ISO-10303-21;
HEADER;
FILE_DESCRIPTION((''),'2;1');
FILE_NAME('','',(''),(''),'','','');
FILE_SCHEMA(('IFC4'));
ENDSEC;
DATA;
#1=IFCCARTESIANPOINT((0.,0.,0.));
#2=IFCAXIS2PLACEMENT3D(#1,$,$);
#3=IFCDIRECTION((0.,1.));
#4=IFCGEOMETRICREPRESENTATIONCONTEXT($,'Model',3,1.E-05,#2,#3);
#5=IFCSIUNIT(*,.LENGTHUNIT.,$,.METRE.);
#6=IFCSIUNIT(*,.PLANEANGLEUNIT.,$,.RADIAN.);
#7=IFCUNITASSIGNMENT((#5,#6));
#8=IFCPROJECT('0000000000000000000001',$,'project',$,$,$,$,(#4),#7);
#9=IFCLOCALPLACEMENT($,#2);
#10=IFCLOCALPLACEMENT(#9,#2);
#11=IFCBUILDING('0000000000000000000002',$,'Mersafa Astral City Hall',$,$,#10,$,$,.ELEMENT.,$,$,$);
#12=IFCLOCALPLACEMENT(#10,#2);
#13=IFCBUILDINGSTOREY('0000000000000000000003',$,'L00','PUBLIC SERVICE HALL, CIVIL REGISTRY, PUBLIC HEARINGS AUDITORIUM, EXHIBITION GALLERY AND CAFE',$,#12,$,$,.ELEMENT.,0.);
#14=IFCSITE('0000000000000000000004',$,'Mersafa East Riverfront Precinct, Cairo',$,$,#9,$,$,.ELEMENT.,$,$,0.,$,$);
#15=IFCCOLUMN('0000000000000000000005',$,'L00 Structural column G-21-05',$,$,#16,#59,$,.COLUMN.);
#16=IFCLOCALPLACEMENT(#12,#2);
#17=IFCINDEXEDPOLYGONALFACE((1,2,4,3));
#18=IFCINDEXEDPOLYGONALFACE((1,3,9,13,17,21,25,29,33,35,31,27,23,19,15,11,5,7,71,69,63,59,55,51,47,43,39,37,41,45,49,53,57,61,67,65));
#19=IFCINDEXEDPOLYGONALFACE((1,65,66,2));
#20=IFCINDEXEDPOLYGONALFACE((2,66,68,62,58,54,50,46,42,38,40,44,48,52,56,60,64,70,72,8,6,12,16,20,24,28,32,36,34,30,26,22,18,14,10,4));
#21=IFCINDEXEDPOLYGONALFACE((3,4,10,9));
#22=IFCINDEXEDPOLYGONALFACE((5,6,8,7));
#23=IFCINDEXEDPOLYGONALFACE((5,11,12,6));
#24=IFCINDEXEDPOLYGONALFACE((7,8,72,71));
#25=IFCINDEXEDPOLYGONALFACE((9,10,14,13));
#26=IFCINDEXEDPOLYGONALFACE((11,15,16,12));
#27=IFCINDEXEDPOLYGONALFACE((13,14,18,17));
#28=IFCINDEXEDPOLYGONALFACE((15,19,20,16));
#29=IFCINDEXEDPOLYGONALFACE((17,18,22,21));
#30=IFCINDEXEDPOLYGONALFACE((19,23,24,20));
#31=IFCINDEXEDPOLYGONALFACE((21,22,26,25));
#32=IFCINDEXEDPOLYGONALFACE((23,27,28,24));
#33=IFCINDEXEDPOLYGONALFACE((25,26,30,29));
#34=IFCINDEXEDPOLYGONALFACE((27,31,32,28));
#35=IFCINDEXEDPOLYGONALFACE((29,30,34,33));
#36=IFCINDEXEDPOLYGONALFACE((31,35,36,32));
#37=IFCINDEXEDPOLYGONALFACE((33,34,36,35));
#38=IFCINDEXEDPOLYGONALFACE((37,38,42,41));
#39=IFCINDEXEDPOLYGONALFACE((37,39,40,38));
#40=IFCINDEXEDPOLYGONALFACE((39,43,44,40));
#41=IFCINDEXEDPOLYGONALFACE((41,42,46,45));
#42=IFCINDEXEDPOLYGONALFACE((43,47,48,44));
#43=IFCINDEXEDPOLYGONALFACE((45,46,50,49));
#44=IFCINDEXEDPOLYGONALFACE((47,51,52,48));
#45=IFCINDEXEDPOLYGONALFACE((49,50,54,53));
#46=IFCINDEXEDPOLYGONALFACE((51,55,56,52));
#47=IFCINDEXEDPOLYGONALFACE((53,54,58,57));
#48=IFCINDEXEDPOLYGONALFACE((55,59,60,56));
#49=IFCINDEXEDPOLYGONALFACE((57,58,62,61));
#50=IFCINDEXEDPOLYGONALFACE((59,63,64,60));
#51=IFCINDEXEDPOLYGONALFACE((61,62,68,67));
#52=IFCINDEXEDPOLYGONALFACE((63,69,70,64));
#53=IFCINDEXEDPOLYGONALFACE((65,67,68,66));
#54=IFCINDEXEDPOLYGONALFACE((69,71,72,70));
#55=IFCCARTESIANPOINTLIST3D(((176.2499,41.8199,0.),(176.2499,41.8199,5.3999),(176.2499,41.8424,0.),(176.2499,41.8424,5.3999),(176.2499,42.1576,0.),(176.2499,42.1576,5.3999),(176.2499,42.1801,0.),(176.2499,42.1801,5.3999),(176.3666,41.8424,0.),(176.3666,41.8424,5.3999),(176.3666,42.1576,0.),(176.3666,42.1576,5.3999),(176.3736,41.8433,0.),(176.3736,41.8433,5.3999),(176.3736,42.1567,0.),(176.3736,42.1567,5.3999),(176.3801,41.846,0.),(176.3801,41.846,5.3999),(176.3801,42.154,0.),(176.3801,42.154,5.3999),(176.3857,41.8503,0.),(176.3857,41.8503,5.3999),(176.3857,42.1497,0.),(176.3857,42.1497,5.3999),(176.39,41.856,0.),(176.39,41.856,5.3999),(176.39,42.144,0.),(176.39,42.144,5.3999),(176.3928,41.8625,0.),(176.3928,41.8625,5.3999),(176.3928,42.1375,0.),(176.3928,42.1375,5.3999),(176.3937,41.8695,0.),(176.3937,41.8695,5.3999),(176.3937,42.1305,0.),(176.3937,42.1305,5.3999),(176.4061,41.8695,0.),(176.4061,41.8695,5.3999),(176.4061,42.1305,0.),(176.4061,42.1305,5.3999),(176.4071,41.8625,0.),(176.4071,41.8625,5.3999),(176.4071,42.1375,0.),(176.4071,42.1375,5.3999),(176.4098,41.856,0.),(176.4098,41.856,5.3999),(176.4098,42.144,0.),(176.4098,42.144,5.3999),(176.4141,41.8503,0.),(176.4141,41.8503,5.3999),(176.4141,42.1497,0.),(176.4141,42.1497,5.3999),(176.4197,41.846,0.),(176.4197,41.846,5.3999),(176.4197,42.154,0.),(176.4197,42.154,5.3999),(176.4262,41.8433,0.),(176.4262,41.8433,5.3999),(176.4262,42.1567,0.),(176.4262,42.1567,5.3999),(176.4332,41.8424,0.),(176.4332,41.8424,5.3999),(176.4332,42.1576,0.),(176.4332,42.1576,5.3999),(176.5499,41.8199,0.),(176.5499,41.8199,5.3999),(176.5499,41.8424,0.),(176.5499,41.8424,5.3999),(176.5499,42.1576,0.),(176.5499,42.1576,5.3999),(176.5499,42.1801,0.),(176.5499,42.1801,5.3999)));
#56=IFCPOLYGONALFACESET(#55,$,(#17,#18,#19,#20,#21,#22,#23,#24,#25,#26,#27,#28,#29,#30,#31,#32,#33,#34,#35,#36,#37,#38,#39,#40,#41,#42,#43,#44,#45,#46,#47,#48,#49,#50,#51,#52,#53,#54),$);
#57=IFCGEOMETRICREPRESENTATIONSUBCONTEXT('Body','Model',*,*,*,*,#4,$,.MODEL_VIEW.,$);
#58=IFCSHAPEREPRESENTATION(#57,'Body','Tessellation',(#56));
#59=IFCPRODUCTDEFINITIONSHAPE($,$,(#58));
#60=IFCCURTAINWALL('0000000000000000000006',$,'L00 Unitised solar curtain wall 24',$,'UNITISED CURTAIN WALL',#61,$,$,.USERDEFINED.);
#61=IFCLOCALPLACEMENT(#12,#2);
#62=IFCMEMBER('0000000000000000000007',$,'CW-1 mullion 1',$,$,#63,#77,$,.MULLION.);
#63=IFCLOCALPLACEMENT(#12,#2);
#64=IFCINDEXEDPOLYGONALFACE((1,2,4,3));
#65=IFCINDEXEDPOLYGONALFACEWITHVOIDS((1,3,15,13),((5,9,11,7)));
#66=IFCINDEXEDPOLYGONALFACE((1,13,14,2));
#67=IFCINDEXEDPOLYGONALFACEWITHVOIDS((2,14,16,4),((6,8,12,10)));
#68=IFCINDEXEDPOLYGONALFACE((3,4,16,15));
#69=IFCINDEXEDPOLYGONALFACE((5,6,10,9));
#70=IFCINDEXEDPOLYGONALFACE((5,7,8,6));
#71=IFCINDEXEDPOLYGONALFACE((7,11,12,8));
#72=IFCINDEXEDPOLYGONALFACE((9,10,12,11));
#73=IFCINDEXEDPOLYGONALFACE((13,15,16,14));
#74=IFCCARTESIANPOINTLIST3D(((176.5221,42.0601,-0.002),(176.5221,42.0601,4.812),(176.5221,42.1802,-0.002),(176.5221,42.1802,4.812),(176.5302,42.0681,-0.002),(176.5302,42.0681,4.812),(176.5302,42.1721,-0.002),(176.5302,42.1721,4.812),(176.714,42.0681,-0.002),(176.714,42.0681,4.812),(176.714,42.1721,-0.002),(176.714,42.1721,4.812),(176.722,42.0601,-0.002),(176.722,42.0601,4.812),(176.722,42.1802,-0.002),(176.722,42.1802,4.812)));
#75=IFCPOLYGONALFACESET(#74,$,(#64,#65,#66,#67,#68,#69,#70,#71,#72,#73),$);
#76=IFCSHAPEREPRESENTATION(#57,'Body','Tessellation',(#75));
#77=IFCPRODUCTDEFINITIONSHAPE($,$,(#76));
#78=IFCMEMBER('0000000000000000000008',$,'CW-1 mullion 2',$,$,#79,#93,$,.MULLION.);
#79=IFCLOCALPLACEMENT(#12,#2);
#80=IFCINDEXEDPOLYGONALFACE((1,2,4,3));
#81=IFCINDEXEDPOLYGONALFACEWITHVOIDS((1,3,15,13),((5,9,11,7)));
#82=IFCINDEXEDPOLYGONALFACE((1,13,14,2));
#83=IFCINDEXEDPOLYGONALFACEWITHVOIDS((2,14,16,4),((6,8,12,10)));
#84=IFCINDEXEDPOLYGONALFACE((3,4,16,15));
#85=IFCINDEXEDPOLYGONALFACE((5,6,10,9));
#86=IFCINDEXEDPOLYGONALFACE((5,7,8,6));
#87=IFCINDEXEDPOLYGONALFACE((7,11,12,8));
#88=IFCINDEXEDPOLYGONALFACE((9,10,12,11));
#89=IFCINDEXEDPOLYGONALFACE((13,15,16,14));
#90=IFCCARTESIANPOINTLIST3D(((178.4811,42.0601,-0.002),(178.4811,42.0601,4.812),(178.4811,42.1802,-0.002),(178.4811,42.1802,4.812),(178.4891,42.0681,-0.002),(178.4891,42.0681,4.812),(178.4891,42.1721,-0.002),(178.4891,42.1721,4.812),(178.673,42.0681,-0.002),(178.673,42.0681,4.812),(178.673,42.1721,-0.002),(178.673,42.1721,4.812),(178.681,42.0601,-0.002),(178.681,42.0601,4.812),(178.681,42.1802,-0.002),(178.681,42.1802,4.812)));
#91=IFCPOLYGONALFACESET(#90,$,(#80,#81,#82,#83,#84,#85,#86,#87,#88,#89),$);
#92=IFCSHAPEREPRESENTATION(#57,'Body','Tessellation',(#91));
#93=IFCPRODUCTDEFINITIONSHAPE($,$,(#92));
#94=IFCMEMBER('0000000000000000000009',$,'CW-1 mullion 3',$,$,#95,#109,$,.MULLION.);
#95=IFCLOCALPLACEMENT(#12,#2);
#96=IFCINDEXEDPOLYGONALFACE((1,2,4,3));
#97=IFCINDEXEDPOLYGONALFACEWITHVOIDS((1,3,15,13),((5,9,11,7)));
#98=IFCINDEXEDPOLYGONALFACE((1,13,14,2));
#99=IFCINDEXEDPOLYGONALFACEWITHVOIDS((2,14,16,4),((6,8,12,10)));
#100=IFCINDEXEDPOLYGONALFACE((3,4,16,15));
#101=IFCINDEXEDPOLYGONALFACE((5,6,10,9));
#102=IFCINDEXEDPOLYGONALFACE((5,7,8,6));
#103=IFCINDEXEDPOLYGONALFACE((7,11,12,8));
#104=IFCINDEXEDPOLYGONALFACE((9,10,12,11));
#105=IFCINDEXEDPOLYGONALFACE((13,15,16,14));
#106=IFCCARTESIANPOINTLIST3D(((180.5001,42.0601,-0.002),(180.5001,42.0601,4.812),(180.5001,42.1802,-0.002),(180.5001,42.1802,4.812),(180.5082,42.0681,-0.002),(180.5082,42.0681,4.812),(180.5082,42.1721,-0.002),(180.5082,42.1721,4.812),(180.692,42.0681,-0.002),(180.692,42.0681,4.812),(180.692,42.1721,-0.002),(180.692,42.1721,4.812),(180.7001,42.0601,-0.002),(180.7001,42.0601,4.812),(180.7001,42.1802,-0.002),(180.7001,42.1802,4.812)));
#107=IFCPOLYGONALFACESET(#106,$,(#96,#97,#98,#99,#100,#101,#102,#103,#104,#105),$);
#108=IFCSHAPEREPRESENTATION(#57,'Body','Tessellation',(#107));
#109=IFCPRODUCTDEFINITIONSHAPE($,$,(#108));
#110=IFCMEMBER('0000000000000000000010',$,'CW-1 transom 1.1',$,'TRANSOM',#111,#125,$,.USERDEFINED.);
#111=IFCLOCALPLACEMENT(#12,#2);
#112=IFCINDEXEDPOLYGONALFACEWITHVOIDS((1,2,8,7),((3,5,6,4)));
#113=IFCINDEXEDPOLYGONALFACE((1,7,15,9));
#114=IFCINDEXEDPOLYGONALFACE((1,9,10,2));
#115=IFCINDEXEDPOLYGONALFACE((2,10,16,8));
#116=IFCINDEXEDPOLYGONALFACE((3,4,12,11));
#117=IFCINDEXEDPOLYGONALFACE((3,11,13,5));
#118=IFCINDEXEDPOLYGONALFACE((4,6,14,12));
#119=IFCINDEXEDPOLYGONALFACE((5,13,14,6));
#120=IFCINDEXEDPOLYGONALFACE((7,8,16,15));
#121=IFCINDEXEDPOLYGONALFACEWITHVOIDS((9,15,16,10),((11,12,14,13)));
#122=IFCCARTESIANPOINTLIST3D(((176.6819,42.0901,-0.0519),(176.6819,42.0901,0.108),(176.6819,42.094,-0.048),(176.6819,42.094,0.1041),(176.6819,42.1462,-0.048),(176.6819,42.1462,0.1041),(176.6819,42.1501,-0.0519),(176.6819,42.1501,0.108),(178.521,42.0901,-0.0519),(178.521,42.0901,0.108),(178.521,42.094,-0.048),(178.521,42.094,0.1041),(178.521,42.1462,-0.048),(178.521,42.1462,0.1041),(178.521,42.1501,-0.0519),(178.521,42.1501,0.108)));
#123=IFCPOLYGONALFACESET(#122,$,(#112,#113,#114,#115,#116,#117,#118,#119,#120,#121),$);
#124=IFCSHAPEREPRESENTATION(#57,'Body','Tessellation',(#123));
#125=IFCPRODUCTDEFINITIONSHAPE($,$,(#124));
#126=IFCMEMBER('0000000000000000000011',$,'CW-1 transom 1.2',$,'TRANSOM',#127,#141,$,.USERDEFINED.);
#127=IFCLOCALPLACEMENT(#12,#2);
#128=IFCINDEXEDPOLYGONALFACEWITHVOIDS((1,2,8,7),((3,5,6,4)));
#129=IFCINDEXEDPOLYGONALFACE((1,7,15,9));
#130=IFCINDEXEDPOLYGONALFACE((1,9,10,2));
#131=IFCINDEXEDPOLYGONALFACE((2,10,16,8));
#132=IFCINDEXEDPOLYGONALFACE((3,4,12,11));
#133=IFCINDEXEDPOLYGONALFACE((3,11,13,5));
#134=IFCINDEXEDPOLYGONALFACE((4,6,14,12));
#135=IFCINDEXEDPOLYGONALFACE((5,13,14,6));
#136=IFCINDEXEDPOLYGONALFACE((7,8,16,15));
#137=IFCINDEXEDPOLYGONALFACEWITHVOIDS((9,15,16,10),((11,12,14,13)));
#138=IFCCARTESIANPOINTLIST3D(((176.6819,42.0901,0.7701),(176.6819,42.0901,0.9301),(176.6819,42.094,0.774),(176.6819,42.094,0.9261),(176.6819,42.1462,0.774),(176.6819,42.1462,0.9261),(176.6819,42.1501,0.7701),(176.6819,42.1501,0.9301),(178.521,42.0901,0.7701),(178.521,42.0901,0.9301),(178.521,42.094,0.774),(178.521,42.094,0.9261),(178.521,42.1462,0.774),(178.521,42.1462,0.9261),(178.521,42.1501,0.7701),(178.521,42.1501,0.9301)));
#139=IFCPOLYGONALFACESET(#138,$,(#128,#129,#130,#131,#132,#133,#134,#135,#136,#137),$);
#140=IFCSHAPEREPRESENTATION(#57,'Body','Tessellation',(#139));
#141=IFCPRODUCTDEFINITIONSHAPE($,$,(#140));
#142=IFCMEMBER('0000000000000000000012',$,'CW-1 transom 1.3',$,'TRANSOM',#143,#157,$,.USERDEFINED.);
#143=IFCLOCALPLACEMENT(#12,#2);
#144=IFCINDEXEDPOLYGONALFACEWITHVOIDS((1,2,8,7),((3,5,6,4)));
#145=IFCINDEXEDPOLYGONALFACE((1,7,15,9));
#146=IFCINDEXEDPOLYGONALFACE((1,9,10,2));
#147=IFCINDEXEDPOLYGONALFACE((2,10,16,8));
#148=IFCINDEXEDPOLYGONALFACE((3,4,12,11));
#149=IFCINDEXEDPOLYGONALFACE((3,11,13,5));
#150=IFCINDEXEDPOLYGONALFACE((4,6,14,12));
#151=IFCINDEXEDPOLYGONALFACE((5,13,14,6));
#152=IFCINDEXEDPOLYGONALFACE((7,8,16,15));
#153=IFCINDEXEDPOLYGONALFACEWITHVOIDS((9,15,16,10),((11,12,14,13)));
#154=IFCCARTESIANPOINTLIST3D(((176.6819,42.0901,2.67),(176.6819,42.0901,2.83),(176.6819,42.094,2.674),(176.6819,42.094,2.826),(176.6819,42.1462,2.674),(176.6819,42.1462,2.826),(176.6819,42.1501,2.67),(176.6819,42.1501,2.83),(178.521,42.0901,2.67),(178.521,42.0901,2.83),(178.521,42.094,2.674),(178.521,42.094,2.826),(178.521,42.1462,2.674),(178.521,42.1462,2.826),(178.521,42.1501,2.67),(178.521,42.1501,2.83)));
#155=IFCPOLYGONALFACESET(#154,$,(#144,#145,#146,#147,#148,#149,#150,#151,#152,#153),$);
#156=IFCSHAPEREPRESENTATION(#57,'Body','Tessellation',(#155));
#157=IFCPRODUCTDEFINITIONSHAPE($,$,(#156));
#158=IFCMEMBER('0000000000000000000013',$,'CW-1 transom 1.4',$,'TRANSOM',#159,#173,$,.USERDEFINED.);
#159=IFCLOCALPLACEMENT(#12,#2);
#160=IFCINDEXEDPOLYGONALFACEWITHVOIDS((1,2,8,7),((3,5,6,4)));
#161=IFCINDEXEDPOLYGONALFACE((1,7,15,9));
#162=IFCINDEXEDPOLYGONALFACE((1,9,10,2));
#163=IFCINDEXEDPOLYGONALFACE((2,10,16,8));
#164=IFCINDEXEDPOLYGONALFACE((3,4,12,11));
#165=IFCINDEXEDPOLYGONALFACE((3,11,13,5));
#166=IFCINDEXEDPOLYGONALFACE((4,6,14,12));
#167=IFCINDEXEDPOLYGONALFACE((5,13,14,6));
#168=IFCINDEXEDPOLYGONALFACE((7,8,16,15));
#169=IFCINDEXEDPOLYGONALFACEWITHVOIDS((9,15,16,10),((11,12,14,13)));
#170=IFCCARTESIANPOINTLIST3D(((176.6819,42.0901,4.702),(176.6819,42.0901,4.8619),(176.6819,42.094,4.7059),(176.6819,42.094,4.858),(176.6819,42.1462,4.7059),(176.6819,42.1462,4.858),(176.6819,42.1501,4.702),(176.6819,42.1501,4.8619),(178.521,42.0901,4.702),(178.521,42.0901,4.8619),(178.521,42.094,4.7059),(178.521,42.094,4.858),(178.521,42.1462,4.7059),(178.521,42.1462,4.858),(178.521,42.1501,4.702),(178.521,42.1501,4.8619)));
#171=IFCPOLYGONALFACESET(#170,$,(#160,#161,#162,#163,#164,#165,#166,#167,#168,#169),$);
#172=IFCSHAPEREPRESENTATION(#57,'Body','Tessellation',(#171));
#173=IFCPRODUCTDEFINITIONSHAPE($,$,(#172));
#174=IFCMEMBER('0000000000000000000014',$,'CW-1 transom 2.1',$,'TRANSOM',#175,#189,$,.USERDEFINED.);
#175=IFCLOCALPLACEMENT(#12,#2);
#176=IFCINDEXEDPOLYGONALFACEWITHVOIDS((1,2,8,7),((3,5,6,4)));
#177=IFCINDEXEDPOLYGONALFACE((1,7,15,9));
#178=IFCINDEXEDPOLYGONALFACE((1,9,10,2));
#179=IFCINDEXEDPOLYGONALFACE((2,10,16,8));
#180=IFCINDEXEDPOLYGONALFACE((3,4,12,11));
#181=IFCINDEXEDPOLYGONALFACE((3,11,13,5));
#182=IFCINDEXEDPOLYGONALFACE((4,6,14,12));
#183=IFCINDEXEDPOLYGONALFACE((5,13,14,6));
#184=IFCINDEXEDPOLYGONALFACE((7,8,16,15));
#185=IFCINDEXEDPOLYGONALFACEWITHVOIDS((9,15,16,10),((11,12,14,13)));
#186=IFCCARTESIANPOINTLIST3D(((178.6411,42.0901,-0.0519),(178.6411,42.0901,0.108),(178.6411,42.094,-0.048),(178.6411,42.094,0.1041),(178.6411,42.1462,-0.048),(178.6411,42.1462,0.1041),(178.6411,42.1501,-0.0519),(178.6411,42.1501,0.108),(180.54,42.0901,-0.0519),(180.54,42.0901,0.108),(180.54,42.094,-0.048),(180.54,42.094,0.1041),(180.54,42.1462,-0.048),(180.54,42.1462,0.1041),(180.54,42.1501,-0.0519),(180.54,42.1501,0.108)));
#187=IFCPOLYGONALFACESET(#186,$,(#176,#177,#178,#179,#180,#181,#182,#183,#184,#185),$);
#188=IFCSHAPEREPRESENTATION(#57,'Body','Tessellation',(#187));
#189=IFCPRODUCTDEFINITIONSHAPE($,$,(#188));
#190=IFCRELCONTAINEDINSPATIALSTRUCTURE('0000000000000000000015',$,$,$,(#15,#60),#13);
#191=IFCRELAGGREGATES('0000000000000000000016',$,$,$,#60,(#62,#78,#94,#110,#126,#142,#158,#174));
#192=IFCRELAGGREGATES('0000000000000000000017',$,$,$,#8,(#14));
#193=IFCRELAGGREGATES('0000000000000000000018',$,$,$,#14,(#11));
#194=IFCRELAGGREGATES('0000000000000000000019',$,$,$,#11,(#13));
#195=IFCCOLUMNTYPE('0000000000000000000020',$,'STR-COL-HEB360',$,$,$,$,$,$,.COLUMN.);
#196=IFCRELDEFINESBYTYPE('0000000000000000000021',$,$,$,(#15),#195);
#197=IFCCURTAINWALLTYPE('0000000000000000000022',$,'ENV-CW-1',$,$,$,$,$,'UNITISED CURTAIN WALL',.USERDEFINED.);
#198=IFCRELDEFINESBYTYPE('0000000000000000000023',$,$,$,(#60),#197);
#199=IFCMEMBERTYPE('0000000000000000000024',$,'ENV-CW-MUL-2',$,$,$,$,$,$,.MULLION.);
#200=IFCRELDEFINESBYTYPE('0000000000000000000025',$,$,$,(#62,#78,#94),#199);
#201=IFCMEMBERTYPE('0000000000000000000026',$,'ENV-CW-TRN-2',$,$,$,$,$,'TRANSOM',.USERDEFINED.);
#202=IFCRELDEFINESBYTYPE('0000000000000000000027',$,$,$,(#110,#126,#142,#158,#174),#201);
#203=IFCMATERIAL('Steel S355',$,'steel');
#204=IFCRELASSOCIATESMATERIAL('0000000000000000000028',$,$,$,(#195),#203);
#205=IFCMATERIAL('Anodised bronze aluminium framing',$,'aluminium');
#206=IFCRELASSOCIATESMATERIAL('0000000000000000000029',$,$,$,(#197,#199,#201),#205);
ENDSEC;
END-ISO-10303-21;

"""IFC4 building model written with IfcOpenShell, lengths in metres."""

from ifc_helpers import new_model, si_unit, direction, frame, origin, origin_2d, place, context, subcontext, project, spatial, hollow_rectangle, i_section, extrude, material, material_profile, profile_set, type_object, element, aggregate, save


model = new_model("IFC4")

# Units and contexts
model_context = context("Model", 3, precision=1e-05, world=origin(), true_north=direction((0.0, 1.0)))
body_context = subcontext(model_context, "Body", "Model", "MODEL_VIEW")
ifc_project = project(units=[si_unit("LENGTHUNIT", "METRE"), si_unit("PLANEANGLEUNIT", "RADIAN")], contexts=[model_context])

# Site, building, storey
site_placement = place(None, origin())
site = spatial("IfcSite", under=ifc_project, at=site_placement, Name="Mersafa East Riverfront Precinct, Cairo", CompositionType="ELEMENT", RefElevation=0.0)
building_placement = place(site_placement, origin())
building = spatial("IfcBuilding", under=site, at=building_placement, Name="Mersafa Astral City Hall", CompositionType="ELEMENT")
storey_placement = place(building_placement, origin())
storey = spatial("IfcBuildingStorey", under=building, at=storey_placement, Name="L00", Description="PUBLIC SERVICE HALL, CIVIL REGISTRY, PUBLIC HEARINGS AUDITORIUM, EXHIBITION GALLERY AND CAFE", CompositionType="ELEMENT", Elevation=0.0)

# Column
ifc_material_1 = material(Name="Steel S355", Category="steel")
ifc_material_profile_1 = material_profile(ifc_material_1, i_section(OverallWidth=0.3, OverallDepth=0.3601, WebThickness=0.0125, FlangeThickness=0.0225, FilletRadius=0.0271, at=origin_2d()), Name="HEB 360")
ifc_profile_set_1 = profile_set([ifc_material_profile_1], Name="Steel S355")
column_type = type_object("IfcColumnType", Name="STR-COL-HEB360", PredefinedType="COLUMN", material=ifc_profile_set_1)
column_placement = place(storey_placement, frame((176.3999, 42.0, 0.0), z_axis=(0.0, 0.0, 1.0), x_axis=(1.0, 0.0, 0.0)))
element("IfcColumn", 1, at=column_placement, inside=storey, type_object=column_type, Name="L00 Structural column G-21-05", PredefinedType="COLUMN", context=body_context, shape_type="SweptSolid", body=[
    extrude(i_section(OverallWidth=0.3, OverallDepth=0.3601, WebThickness=0.0125, FlangeThickness=0.0225, FilletRadius=0.0271, at=origin_2d()), origin(), (0.0, 0.0, 1.0), 5.3999),
])

# Curtain wall, members
ifc_material_2 = material(Name="Anodised bronze aluminium framing", Category="aluminium")
curtain_wall_type = type_object("IfcCurtainWallType", Name="ENV-CW-1", ElementType="UNITISED CURTAIN WALL", PredefinedType="USERDEFINED", material=ifc_material_2)
curtain_wall_placement = place(storey_placement, origin())
curtain_wall = element("IfcCurtainWall", 2, at=curtain_wall_placement, inside=storey, type_object=curtain_wall_type, Name="L00 Unitised solar curtain wall 24", ObjectType="UNITISED CURTAIN WALL", PredefinedType="USERDEFINED")
ifc_material_profile_2 = material_profile(ifc_material_2, hollow_rectangle(XDim=0.1201, YDim=0.2, WallThickness=0.0081, at=origin_2d()), Name="RHS 120x200x8")
ifc_profile_set_2 = profile_set([ifc_material_profile_2], Name="Anodised bronze aluminium framing")
member_type_1 = type_object("IfcMemberType", Name="ENV-CW-MUL-2", PredefinedType="MULLION", material=ifc_profile_set_2)
member_1_placement = place(storey_placement, frame((176.6221, 42.1201, -0.002), z_axis=(0.0, 0.0, 1.0), x_axis=(0.0, 1.0, 0.0)))
member_1 = element("IfcMember", 3, at=member_1_placement, type_object=member_type_1, Name="CW-1 mullion 1", PredefinedType="MULLION", context=body_context, shape_type="SweptSolid", body=[
    extrude(hollow_rectangle(XDim=0.1201, YDim=0.2, WallThickness=0.0081, at=origin_2d()), origin(), (0.0, 0.0, 1.0), 4.814),
])
member_2_placement = place(storey_placement, frame((178.5811, 42.1201, -0.002), z_axis=(0.0, 0.0, 1.0), x_axis=(0.0, 1.0, 0.0)))
member_2 = element("IfcMember", 4, at=member_2_placement, type_object=member_type_1, Name="CW-1 mullion 2", PredefinedType="MULLION", context=body_context, shape_type="SweptSolid", body=[
    extrude(hollow_rectangle(XDim=0.1201, YDim=0.2, WallThickness=0.0081, at=origin_2d()), origin(), (0.0, 0.0, 1.0), 4.814),
])
member_3_placement = place(storey_placement, frame((180.6001, 42.1201, -0.002), z_axis=(0.0, 0.0, 1.0), x_axis=(0.0, 1.0, 0.0)))
member_3 = element("IfcMember", 5, at=member_3_placement, type_object=member_type_1, Name="CW-1 mullion 3", PredefinedType="MULLION", context=body_context, shape_type="SweptSolid", body=[
    extrude(hollow_rectangle(XDim=0.1201, YDim=0.2, WallThickness=0.0081, at=origin_2d()), origin(), (0.0, 0.0, 1.0), 4.814),
])
ifc_material_profile_3 = material_profile(ifc_material_2, hollow_rectangle(XDim=0.0601, YDim=0.1599, WallThickness=0.0039, at=origin_2d()), Name="RHS 60x160x4")
ifc_profile_set_3 = profile_set([ifc_material_profile_3], Name="Anodised bronze aluminium framing")
member_type_2 = type_object("IfcMemberType", Name="ENV-CW-TRN-2", ElementType="TRANSOM", PredefinedType="USERDEFINED", material=ifc_profile_set_3)
member_4_placement = place(storey_placement, frame((176.6819, 42.1201, 0.0281), z_axis=(1.0, 0.0, 0.0), x_axis=(0.0, 1.0, 0.0)))
member_4 = element("IfcMember", 6, at=member_4_placement, type_object=member_type_2, Name="CW-1 transom 1.1", ObjectType="TRANSOM", PredefinedType="USERDEFINED", context=body_context, shape_type="SweptSolid", body=[
    extrude(hollow_rectangle(XDim=0.0601, YDim=0.1599, WallThickness=0.0039, at=origin_2d()), origin(), (0.0, 0.0, 1.0), 1.8391),
])
member_5_placement = place(storey_placement, frame((176.6819, 42.1201, 0.8501), z_axis=(1.0, 0.0, 0.0), x_axis=(0.0, 1.0, 0.0)))
member_5 = element("IfcMember", 7, at=member_5_placement, type_object=member_type_2, Name="CW-1 transom 1.2", ObjectType="TRANSOM", PredefinedType="USERDEFINED", context=body_context, shape_type="SweptSolid", body=[
    extrude(hollow_rectangle(XDim=0.0601, YDim=0.1599, WallThickness=0.0039, at=origin_2d()), origin(), (0.0, 0.0, 1.0), 1.8391),
])
member_6_placement = place(storey_placement, frame((176.6819, 42.1201, 2.75), z_axis=(1.0, 0.0, 0.0), x_axis=(0.0, 1.0, 0.0)))
member_6 = element("IfcMember", 8, at=member_6_placement, type_object=member_type_2, Name="CW-1 transom 1.3", ObjectType="TRANSOM", PredefinedType="USERDEFINED", context=body_context, shape_type="SweptSolid", body=[
    extrude(hollow_rectangle(XDim=0.0601, YDim=0.1599, WallThickness=0.0039, at=origin_2d()), origin(), (0.0, 0.0, 1.0), 1.8391),
])
member_7_placement = place(storey_placement, frame((176.6819, 42.1201, 4.782), z_axis=(1.0, 0.0, 0.0), x_axis=(0.0, 1.0, 0.0)))
member_7 = element("IfcMember", 9, at=member_7_placement, type_object=member_type_2, Name="CW-1 transom 1.4", ObjectType="TRANSOM", PredefinedType="USERDEFINED", context=body_context, shape_type="SweptSolid", body=[
    extrude(hollow_rectangle(XDim=0.0601, YDim=0.1599, WallThickness=0.0039, at=origin_2d()), origin(), (0.0, 0.0, 1.0), 1.8391),
])
member_8_placement = place(storey_placement, frame((178.6411, 42.1201, 0.0281), z_axis=(1.0, 0.0, 0.0), x_axis=(0.0, 1.0, 0.0)))
member_8 = element("IfcMember", 10, at=member_8_placement, type_object=member_type_2, Name="CW-1 transom 2.1", ObjectType="TRANSOM", PredefinedType="USERDEFINED", context=body_context, shape_type="SweptSolid", body=[
    extrude(hollow_rectangle(XDim=0.0601, YDim=0.1599, WallThickness=0.0039, at=origin_2d()), origin(), (0.0, 0.0, 1.0), 1.8989),
])

aggregate(curtain_wall, [member_1, member_2, member_3, member_4, member_5, member_6, member_7, member_8])

save(model, "model.ifc")
